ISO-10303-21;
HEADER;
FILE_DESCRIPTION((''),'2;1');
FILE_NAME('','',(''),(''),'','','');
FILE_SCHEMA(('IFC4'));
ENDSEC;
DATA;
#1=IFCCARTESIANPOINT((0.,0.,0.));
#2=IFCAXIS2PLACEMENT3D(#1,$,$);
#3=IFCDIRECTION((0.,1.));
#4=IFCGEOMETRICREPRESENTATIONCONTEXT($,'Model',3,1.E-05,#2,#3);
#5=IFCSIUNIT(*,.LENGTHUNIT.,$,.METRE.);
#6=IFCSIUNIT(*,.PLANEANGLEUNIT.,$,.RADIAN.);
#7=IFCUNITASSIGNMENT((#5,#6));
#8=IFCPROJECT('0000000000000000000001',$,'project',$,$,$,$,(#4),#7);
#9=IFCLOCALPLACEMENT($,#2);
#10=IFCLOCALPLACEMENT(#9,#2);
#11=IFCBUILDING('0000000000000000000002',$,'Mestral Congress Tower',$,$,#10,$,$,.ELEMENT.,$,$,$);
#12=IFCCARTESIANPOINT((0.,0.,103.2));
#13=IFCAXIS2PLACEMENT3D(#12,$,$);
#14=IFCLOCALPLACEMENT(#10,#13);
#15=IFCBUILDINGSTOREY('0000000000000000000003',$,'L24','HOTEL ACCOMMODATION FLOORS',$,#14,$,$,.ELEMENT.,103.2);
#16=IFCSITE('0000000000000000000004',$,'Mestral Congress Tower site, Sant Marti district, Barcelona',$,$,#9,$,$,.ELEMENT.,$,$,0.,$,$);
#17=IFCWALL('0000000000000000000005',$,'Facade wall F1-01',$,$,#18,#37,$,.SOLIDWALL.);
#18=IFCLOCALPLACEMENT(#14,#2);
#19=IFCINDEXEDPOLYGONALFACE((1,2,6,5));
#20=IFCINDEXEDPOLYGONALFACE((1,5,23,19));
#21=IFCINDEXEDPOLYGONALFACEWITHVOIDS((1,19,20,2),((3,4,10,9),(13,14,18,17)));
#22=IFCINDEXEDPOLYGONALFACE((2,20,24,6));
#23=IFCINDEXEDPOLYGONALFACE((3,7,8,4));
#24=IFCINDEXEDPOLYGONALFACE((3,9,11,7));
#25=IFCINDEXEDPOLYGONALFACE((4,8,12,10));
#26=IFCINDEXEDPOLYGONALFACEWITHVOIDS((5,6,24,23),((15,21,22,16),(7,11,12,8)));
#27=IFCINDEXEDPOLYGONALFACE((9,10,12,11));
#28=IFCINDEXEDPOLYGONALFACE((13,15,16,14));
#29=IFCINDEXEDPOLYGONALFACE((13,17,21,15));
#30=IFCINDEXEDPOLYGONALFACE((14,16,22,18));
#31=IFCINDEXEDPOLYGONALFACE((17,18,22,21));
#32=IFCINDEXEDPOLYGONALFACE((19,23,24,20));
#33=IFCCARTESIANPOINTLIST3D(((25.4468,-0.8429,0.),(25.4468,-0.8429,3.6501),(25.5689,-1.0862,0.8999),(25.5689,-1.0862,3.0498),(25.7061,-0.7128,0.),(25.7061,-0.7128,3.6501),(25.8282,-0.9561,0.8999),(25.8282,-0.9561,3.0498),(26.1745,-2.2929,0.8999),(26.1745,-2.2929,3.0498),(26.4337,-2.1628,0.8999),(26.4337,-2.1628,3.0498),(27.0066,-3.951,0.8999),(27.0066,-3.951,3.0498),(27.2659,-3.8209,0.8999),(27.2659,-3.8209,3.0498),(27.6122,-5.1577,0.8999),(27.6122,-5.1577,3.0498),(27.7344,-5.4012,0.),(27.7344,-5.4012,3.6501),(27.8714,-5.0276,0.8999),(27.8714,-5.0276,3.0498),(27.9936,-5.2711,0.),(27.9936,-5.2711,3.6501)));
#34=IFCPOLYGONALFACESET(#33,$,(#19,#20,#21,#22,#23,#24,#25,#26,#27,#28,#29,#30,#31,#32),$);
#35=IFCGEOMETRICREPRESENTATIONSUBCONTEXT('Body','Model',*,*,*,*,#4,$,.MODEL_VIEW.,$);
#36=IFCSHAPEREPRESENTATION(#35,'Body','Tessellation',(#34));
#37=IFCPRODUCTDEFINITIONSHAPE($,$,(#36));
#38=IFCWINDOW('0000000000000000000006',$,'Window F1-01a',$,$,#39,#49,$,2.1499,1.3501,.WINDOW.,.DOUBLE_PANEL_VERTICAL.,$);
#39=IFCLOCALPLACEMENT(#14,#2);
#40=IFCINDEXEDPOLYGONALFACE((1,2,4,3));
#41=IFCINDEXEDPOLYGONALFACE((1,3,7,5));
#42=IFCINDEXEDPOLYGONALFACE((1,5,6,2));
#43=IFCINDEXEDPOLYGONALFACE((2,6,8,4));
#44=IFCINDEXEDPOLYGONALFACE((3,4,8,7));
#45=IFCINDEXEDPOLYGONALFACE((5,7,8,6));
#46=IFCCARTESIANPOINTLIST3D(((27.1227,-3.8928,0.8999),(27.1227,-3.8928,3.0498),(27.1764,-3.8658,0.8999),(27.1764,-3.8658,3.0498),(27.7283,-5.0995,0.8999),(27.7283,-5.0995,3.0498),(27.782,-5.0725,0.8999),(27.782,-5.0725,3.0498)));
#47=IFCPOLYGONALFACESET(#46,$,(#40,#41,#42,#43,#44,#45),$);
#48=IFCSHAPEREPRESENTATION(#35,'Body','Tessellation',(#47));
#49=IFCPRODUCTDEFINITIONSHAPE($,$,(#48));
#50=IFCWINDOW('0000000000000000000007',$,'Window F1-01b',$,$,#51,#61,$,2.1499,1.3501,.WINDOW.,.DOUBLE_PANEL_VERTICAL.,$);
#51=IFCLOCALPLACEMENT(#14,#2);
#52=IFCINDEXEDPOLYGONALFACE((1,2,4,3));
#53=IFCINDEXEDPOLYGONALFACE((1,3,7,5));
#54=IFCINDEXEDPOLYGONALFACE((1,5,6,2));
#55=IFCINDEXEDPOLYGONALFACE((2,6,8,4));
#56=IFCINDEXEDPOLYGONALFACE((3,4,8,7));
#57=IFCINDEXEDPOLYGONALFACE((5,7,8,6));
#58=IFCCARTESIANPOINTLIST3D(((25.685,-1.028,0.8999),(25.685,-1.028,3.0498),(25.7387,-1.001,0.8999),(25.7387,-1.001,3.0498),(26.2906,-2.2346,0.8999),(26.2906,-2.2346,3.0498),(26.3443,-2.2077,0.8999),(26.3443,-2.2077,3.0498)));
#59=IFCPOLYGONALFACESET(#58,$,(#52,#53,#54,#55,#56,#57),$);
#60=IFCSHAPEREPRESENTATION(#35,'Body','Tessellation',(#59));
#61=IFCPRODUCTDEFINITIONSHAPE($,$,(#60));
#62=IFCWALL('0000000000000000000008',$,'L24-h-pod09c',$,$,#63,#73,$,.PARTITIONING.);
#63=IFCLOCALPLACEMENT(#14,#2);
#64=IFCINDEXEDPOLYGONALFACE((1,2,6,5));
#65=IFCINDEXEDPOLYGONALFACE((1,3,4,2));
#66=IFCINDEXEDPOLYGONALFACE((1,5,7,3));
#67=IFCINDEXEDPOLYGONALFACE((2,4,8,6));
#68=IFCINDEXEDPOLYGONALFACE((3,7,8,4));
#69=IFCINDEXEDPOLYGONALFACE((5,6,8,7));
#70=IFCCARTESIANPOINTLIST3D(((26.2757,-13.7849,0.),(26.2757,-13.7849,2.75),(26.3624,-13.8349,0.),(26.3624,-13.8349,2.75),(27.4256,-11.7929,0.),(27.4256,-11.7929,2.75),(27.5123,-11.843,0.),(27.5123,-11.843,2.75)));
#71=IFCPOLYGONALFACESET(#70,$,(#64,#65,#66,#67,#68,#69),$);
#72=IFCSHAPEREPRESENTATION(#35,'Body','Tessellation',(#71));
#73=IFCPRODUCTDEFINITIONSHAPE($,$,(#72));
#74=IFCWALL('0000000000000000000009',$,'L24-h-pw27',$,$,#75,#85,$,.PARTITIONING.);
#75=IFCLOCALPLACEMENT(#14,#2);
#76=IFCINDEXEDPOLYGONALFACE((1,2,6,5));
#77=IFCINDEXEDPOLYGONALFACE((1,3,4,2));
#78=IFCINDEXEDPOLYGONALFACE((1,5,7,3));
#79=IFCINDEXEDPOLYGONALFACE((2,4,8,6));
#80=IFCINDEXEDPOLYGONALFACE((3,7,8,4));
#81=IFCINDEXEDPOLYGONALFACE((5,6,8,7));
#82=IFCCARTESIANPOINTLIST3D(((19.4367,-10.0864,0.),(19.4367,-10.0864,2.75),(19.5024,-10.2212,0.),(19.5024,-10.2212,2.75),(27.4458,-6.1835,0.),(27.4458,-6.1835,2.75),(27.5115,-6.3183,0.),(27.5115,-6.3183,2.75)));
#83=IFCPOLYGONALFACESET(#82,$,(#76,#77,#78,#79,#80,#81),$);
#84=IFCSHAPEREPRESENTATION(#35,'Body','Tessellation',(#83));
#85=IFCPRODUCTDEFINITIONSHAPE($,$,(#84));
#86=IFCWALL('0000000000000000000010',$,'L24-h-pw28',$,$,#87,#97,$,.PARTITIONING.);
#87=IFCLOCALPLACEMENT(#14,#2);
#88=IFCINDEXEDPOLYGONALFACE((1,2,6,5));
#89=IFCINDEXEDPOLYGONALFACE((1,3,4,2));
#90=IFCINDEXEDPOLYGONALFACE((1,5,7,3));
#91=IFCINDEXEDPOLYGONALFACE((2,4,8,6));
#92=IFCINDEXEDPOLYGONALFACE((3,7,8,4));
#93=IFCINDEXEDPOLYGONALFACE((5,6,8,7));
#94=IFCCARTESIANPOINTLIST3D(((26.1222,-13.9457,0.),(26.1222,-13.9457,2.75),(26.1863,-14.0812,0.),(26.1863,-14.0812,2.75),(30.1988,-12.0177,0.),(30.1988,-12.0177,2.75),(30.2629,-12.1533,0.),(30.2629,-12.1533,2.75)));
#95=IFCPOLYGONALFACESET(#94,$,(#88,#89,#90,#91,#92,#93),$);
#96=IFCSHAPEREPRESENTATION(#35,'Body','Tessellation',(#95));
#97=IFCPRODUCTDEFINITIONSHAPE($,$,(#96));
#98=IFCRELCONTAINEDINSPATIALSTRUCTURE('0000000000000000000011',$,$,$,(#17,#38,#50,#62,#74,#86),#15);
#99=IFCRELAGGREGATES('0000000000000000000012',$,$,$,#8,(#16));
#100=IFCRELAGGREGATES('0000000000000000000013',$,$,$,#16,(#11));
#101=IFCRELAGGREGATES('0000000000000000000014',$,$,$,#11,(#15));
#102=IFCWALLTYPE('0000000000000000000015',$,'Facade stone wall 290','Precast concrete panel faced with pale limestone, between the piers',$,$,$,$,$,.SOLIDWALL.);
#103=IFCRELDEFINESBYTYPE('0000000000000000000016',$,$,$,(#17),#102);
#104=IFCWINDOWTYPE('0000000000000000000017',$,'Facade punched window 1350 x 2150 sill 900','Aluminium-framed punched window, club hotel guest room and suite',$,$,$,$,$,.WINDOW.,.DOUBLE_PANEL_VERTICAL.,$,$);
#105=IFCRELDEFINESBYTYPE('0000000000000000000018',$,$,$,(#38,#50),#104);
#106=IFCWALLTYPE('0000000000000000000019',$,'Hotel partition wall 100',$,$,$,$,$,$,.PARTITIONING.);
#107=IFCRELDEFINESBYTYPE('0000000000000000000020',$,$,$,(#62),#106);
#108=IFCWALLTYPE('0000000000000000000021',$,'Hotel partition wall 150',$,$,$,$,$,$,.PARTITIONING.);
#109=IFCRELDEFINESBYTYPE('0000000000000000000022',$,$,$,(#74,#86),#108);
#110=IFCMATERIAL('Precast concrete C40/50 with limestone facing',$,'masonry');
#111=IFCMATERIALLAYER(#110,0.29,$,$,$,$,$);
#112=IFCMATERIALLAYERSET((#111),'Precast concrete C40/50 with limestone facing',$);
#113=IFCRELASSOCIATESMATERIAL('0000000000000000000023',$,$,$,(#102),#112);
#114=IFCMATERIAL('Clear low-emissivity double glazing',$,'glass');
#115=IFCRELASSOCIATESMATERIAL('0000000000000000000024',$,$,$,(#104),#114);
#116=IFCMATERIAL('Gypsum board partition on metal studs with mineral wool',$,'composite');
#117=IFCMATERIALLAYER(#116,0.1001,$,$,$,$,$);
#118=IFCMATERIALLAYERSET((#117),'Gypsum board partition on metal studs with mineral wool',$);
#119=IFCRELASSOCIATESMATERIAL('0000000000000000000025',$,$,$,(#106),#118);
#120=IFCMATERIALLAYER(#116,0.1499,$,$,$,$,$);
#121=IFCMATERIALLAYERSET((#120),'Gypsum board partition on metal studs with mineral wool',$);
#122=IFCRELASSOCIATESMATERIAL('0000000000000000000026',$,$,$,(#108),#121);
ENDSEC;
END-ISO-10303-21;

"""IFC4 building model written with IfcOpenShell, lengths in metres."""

from ifc_helpers import new_model, si_unit, direction, frame, frame_2d, origin, place, context, subcontext, project, spatial, rectangle, extrude, material, layer, layer_set, type_object, element, fill, save


model = new_model("IFC4")

# Units and contexts
model_context = context("Model", 3, precision=1e-05, world=origin(), true_north=direction((0.0, 1.0)))
body_context = subcontext(model_context, "Body", "Model", "MODEL_VIEW")
ifc_project = project(units=[si_unit("LENGTHUNIT", "METRE"), si_unit("PLANEANGLEUNIT", "RADIAN")], contexts=[model_context])

# Site, building, storey
site_placement = place(None, origin())
site = spatial("IfcSite", under=ifc_project, at=site_placement, Name="Mestral Congress Tower site, Sant Marti district, Barcelona", CompositionType="ELEMENT", RefElevation=0.0)
building_placement = place(site_placement, origin())
building = spatial("IfcBuilding", under=site, at=building_placement, Name="Mestral Congress Tower", CompositionType="ELEMENT")
storey_placement = place(building_placement, frame((0.0, 0.0, 103.2)))
storey = spatial("IfcBuildingStorey", under=building, at=storey_placement, Name="L24", Description="HOTEL ACCOMMODATION FLOORS", CompositionType="ELEMENT", Elevation=103.2)

# Shared definitions
ifc_material_1 = material(Name="Precast concrete C40/50 with limestone facing", Category="masonry")
ifc_layer_1 = layer(ifc_material_1, 0.29)
ifc_layer_set_1 = layer_set([ifc_layer_1], Name="Precast concrete C40/50 with limestone facing")
wall_type_1 = type_object("IfcWallType", Name="Facade stone wall 290", Description="Precast concrete panel faced with pale limestone, between the piers", PredefinedType="SOLIDWALL", material=ifc_layer_set_1)
ifc_material_2 = material(Name="Clear low-emissivity double glazing", Category="glass")

# Wall, openings, windows
window_type_1 = type_object("IfcWindowType", Name="Facade punched window 1350 x 2150 sill 900", Description="Aluminium-framed punched window, club hotel guest room and suite", PartitioningType="DOUBLE_PANEL_VERTICAL", PredefinedType="WINDOW", material=ifc_material_2)
wall_1_placement = place(storey_placement, frame((27.864, -5.3362, 0.0), z_axis=(0.0, 0.0, 1.0), x_axis=(-0.448534, 0.893766, 0.0)))
wall_1 = element("IfcWall", 1, at=wall_1_placement, inside=storey, type_object=wall_type_1, Name="Facade wall F1-01", PredefinedType="SOLIDWALL", context=body_context, shape_type="SweptSolid", body=[
    extrude(rectangle(XDim=5.1001, YDim=0.29, at=frame_2d((2.55, 0.0))), origin(), (0.0, 0.0, 1.0), 3.6501),
])
opening_1_placement = place(wall_1_placement, frame((0.2725, 0.0, 0.8999)))
opening_1 = element("IfcOpeningElement", 2, at=opening_1_placement, cuts=wall_1, PredefinedType="OPENING", context=body_context, shape_type="SweptSolid", body=[
    extrude(rectangle(XDim=1.3501, YDim=2.1499, at=frame_2d((0.675, 1.075))), frame((0.0, 0.155, 0.0), z_axis=(0.0, -1.0, 0.0), x_axis=(1.0, 0.0, 0.0)), (0.0, 0.0, 1.0), 0.3101),
])
opening_2_placement = place(wall_1_placement, frame((3.4778, 0.0, 0.8999)))
opening_2 = element("IfcOpeningElement", 3, at=opening_2_placement, cuts=wall_1, PredefinedType="OPENING", context=body_context, shape_type="SweptSolid", body=[
    extrude(rectangle(XDim=1.3501, YDim=2.1499, at=frame_2d((0.675, 1.075))), frame((0.0, 0.155, 0.0), z_axis=(0.0, -1.0, 0.0), x_axis=(1.0, 0.0, 0.0)), (0.0, 0.0, 1.0), 0.3101),
])
window_1_placement = place(opening_1_placement, origin())
window_1 = element("IfcWindow", 4, at=window_1_placement, inside=storey, type_object=window_type_1, Name="Window F1-01a", OverallHeight=2.1499, OverallWidth=1.3501, PartitioningType="DOUBLE_PANEL_VERTICAL", PredefinedType="WINDOW", context=body_context, shape_type="SweptSolid", body=[
    extrude(rectangle(XDim=1.3501, YDim=2.1499, at=frame_2d((0.675, 1.075))), frame((0.0, 0.0151, 0.0), z_axis=(0.0, -1.0, 0.0), x_axis=(1.0, 0.0, 0.0)), (0.0, 0.0, 1.0), 0.0601),
])
fill(opening_1, window_1)
window_2_placement = place(opening_2_placement, origin())
window_2 = element("IfcWindow", 5, at=window_2_placement, inside=storey, type_object=window_type_1, Name="Window F1-01b", OverallHeight=2.1499, OverallWidth=1.3501, PartitioningType="DOUBLE_PANEL_VERTICAL", PredefinedType="WINDOW", context=body_context, shape_type="SweptSolid", body=[
    extrude(rectangle(XDim=1.3501, YDim=2.1499, at=frame_2d((0.675, 1.075))), frame((0.0, 0.0151, 0.0), z_axis=(0.0, -1.0, 0.0), x_axis=(1.0, 0.0, 0.0)), (0.0, 0.0, 1.0), 0.0601),
])
fill(opening_2, window_2)

# Walls
ifc_material_3 = material(Name="Gypsum board partition on metal studs with mineral wool", Category="composite")
ifc_layer_2 = layer(ifc_material_3, 0.1001)
ifc_layer_set_2 = layer_set([ifc_layer_2], Name="Gypsum board partition on metal studs with mineral wool")
wall_type_2 = type_object("IfcWallType", Name="Hotel partition wall 100", PredefinedType="PARTITIONING", material=ifc_layer_set_2)
wall_2_placement = place(storey_placement, frame((26.3191, -13.8098, 0.0), z_axis=(0.0, 0.0, 1.0), x_axis=(0.499952, 0.866053, 0.0)))
element("IfcWall", 6, at=wall_2_placement, inside=storey, type_object=wall_type_2, Name="L24-h-pod09c", PredefinedType="PARTITIONING", context=body_context, shape_type="SweptSolid", body=[
    extrude(rectangle(XDim=2.3, YDim=0.1001, at=frame_2d((1.1499, 0.0))), origin(), (0.0, 0.0, 1.0), 2.75),
])
ifc_layer_3 = layer(ifc_material_3, 0.1499)
ifc_layer_set_3 = layer_set([ifc_layer_3], Name="Gypsum board partition on metal studs with mineral wool")
wall_type_3 = type_object("IfcWallType", Name="Hotel partition wall 150", PredefinedType="PARTITIONING", material=ifc_layer_set_3)
wall_3_placement = place(storey_placement, frame((27.4785, -6.251, 0.0), z_axis=(0.0, 0.0, 1.0), x_axis=(-0.898946, -0.43806, 0.0)))
element("IfcWall", 7, at=wall_3_placement, inside=storey, type_object=wall_type_3, Name="L24-h-pw27", PredefinedType="PARTITIONING", context=body_context, shape_type="SweptSolid", body=[
    extrude(rectangle(XDim=8.9094, YDim=0.1499, at=frame_2d((4.4546, 0.0))), origin(), (0.0, 0.0, 1.0), 2.75),
])
wall_4_placement = place(storey_placement, frame((30.231, -12.0854, 0.0), z_axis=(0.0, 0.0, 1.0), x_axis=(-0.904001, -0.42753, 0.0)))
element("IfcWall", 8, at=wall_4_placement, inside=storey, type_object=wall_type_3, Name="L24-h-pw28", PredefinedType="PARTITIONING", context=body_context, shape_type="SweptSolid", body=[
    extrude(rectangle(XDim=4.5095, YDim=0.1499, at=frame_2d((2.2549, 0.0))), origin(), (0.0, 0.0, 1.0), 2.75),
])

save(model, "model.ifc")
